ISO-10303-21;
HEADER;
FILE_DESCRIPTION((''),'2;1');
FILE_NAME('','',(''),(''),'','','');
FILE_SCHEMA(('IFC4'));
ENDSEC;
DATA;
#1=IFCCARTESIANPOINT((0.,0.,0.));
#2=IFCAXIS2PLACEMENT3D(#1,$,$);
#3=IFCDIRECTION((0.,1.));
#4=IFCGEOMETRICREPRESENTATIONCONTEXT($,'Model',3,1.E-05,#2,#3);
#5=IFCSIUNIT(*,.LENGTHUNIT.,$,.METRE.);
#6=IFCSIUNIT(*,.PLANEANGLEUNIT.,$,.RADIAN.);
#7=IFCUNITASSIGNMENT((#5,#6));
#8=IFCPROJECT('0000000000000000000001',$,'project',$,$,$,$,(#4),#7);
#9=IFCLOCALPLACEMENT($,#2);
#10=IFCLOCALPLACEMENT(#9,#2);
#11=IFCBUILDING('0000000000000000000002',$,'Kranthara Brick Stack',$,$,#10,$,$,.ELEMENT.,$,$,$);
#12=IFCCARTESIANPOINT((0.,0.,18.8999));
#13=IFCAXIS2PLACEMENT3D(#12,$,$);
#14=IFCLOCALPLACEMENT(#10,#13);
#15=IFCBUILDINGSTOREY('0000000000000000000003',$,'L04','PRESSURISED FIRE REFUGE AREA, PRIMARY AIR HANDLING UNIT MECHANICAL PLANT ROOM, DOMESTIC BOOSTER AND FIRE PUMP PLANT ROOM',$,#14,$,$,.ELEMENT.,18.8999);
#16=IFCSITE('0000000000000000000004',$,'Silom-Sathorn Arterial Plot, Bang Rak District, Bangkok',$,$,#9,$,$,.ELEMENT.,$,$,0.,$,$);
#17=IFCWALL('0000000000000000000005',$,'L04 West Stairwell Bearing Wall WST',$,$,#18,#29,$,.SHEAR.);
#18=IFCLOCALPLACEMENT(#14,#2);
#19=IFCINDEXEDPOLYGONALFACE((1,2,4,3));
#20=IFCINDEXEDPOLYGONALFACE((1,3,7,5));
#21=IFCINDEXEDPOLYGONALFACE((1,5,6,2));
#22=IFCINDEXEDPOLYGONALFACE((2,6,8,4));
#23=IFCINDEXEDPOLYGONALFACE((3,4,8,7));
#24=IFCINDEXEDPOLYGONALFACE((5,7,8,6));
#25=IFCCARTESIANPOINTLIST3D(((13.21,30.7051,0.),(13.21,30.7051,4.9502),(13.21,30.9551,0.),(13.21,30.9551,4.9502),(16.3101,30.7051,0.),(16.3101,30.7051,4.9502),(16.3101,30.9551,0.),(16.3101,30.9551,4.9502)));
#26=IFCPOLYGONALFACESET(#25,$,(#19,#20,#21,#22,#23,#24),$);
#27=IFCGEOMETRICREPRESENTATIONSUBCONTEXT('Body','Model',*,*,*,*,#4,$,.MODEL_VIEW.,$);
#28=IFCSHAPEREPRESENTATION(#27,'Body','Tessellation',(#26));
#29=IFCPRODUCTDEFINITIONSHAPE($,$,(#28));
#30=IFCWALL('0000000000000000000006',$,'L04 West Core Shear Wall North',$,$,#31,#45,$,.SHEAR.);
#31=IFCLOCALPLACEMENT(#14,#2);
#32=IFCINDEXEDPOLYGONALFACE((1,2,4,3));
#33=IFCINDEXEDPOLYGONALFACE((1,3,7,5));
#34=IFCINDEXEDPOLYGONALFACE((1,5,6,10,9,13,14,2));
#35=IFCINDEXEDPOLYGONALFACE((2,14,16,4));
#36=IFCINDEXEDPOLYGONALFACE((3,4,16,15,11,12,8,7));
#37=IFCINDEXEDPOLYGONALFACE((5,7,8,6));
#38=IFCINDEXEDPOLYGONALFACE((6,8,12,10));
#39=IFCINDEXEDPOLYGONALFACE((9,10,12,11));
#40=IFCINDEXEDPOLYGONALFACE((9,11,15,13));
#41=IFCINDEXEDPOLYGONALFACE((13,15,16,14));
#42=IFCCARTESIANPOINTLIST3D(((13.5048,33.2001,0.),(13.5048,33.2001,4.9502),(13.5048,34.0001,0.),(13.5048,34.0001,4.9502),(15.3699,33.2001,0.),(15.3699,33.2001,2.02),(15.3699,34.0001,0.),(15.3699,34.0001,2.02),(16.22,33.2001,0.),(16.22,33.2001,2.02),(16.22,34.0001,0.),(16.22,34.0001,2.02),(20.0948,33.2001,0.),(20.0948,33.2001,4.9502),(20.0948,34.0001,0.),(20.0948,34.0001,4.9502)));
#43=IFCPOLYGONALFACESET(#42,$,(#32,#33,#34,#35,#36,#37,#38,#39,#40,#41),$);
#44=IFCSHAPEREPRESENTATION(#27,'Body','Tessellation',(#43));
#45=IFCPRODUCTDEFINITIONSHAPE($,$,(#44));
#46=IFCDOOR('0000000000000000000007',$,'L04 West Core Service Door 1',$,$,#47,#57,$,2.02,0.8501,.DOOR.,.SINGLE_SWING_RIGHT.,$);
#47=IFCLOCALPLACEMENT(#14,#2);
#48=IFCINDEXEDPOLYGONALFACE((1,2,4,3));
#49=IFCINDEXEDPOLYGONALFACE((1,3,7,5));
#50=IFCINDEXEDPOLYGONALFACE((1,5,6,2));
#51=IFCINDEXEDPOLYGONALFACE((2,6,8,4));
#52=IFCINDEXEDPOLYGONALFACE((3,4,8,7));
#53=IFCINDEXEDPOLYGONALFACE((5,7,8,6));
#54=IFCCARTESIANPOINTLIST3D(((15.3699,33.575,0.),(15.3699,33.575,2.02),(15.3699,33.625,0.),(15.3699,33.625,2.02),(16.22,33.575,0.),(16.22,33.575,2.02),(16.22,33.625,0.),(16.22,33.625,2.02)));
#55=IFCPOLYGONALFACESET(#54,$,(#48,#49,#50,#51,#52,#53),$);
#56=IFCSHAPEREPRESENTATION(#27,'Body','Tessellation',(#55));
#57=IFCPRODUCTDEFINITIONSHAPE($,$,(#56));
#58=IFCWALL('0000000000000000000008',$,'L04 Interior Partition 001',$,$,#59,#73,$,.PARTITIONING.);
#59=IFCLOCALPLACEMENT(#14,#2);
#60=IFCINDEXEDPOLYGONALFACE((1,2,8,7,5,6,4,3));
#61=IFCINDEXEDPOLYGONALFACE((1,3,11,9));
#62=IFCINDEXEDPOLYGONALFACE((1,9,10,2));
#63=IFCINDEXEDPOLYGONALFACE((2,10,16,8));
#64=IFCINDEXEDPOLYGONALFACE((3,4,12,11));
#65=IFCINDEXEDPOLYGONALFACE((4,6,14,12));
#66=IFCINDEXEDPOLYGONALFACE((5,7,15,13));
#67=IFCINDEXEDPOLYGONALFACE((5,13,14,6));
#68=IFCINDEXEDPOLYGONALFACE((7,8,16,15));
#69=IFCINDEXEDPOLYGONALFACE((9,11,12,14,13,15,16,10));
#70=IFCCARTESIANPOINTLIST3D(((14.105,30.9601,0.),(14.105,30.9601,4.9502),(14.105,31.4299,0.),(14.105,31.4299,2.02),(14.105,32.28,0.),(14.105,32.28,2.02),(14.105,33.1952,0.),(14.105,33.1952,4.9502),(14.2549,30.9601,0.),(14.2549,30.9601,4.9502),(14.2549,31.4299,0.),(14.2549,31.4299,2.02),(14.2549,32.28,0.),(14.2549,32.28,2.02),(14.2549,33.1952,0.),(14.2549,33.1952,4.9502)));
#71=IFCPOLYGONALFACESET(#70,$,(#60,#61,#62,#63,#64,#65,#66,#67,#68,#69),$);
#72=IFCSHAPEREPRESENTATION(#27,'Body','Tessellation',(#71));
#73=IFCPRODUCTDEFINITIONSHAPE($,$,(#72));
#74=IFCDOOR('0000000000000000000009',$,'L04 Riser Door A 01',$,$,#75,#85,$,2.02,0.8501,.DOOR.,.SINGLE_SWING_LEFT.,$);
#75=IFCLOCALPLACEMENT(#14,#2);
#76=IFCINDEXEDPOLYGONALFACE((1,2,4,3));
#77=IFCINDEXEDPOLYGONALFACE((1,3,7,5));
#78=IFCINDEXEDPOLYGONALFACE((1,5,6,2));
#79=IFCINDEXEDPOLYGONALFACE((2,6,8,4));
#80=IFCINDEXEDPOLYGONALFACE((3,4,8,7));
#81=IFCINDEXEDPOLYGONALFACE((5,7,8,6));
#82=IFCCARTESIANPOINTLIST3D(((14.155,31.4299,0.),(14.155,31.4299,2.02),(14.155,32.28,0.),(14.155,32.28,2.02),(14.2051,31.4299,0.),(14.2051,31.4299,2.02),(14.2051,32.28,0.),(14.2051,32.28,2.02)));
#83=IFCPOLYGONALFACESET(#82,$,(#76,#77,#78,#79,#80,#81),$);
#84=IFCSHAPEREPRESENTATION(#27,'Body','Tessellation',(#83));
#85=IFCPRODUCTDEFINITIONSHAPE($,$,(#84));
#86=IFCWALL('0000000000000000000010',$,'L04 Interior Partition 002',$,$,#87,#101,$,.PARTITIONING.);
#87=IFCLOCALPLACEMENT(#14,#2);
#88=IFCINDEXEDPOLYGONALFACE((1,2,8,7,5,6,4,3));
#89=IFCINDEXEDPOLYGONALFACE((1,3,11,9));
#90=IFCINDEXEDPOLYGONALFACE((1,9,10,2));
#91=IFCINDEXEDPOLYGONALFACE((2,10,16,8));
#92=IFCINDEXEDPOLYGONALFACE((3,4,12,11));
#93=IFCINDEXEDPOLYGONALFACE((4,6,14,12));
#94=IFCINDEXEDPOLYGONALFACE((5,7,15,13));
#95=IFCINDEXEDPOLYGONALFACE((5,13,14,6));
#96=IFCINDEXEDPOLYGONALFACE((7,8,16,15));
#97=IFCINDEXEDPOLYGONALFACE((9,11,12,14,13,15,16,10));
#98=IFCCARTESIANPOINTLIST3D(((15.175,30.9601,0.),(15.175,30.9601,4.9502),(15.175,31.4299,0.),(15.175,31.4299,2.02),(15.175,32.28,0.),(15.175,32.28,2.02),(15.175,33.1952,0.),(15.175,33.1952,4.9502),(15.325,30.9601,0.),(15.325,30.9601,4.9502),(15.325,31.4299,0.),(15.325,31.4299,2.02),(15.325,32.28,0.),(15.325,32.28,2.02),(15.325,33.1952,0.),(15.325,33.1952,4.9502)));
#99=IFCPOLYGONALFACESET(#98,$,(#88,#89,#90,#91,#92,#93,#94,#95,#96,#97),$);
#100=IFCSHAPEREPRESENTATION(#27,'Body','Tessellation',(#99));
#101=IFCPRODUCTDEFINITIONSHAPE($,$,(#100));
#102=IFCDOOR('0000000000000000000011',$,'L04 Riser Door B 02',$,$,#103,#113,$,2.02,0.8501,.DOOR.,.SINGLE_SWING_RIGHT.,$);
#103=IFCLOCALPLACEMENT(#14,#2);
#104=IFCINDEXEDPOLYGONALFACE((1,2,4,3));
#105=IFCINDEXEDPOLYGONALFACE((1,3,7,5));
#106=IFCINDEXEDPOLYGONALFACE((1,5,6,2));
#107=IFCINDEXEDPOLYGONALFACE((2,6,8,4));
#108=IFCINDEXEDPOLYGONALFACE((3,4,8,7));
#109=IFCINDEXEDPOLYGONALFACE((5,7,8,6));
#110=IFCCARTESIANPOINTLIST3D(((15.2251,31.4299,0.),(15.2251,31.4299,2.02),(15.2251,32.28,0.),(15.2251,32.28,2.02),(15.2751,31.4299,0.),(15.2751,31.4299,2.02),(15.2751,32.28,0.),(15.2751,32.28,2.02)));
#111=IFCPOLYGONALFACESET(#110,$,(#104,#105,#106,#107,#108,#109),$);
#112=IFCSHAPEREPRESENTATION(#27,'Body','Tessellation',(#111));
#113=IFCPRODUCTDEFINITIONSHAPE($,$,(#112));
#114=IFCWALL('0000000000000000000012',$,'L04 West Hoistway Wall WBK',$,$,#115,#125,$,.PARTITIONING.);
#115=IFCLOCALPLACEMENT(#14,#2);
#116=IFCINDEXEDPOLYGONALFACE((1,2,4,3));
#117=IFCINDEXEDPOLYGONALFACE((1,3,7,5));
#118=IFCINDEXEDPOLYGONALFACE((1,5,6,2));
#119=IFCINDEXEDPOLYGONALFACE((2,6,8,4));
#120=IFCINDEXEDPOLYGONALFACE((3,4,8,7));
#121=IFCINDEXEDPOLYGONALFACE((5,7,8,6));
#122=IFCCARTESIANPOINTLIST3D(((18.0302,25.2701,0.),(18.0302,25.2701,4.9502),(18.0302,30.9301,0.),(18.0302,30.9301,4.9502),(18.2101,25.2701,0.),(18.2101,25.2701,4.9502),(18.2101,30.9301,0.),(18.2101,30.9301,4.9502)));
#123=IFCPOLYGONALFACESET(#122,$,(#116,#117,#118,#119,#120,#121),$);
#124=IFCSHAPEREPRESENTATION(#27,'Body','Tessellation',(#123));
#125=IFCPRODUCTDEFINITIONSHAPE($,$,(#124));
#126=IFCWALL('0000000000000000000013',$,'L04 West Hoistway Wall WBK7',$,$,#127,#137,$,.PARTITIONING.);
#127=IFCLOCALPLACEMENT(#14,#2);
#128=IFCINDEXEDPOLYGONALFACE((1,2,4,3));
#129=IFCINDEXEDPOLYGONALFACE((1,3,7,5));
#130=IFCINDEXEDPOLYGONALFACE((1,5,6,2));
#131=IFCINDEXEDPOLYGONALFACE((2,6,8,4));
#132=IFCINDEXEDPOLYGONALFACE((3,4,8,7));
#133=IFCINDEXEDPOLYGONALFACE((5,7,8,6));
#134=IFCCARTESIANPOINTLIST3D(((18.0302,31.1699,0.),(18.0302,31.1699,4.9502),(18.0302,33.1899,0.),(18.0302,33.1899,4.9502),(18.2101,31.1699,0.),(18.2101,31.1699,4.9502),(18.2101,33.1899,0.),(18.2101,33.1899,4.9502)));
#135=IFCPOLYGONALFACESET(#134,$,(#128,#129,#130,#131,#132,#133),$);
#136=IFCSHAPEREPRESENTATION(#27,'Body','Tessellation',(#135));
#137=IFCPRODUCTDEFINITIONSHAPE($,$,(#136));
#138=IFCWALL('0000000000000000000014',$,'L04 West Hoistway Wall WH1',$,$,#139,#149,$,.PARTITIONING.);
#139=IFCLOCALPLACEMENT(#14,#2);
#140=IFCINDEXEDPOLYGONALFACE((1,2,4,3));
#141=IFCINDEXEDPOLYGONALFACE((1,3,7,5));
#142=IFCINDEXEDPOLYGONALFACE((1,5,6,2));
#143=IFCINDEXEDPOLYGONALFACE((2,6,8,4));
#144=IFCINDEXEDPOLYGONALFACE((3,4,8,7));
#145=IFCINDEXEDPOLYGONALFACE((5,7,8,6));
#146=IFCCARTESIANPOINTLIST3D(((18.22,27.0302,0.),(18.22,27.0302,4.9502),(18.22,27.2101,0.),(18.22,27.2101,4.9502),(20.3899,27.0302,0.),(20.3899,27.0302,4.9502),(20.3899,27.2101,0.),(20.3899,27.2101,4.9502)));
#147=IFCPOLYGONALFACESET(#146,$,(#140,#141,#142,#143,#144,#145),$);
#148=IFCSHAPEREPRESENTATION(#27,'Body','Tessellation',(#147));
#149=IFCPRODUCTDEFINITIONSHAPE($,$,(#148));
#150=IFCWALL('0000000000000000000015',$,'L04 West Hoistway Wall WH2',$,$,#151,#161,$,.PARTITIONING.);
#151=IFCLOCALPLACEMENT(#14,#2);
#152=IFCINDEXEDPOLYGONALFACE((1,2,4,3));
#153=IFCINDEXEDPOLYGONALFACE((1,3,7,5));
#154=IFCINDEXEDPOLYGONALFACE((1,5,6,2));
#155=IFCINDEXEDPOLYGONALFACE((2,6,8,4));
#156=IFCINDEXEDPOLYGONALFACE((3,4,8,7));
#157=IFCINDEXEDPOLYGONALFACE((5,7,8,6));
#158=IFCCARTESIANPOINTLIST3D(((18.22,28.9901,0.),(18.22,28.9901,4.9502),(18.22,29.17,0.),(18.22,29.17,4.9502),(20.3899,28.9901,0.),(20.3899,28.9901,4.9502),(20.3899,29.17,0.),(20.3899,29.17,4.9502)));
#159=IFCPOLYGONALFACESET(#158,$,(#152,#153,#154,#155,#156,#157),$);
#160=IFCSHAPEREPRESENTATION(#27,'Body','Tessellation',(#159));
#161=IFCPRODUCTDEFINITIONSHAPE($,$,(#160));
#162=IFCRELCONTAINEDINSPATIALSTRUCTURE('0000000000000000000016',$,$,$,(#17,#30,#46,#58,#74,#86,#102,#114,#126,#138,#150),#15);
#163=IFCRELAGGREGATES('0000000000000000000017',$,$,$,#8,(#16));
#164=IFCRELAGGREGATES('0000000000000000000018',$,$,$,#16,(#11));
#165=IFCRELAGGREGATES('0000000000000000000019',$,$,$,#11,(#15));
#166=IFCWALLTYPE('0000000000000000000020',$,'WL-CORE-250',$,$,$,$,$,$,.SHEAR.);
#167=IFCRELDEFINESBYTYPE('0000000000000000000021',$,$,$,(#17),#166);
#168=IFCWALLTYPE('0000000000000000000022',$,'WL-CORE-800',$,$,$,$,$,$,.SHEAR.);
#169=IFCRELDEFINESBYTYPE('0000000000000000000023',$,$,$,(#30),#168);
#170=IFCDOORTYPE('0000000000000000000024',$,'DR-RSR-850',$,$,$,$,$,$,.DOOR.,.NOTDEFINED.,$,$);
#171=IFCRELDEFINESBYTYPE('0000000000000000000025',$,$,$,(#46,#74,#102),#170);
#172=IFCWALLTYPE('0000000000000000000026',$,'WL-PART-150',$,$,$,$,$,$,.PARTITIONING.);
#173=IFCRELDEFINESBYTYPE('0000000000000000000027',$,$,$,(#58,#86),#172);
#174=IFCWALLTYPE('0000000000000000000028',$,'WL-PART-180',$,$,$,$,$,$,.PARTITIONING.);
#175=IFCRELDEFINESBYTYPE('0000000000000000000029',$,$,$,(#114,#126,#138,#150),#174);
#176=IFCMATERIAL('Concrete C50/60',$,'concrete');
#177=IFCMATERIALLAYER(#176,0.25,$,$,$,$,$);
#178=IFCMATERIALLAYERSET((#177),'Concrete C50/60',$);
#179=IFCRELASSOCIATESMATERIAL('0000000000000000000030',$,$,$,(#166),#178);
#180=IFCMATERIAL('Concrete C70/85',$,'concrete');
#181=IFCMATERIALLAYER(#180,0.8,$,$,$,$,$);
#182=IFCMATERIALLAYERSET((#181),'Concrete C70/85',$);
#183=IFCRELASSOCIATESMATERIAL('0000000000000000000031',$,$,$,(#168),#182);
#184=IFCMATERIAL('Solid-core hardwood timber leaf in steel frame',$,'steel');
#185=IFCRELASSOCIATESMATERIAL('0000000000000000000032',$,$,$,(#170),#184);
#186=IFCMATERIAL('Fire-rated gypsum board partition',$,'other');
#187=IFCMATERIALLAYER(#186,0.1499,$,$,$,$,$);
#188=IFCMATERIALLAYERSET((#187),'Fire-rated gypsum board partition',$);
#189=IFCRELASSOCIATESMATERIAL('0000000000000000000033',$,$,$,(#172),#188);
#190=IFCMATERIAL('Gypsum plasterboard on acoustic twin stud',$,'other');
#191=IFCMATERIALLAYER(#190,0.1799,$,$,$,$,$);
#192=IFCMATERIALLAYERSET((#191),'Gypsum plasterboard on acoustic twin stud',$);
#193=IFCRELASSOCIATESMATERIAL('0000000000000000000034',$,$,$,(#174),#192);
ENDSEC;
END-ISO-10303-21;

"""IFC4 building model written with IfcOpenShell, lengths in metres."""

from ifc_helpers import new_model, si_unit, direction, frame, frame_2d, origin, place, context, subcontext, project, spatial, rectangle, extrude, material, layer, layer_set, type_object, element, fill, save


model = new_model("IFC4")

# Units and contexts
model_context = context("Model", 3, precision=1e-05, world=origin(), true_north=direction((0.0, 1.0)))
body_context = subcontext(model_context, "Body", "Model", "MODEL_VIEW")
ifc_project = project(units=[si_unit("LENGTHUNIT", "METRE"), si_unit("PLANEANGLEUNIT", "RADIAN")], contexts=[model_context])

# Site, building, storey
site_placement = place(None, origin())
site = spatial("IfcSite", under=ifc_project, at=site_placement, Name="Silom-Sathorn Arterial Plot, Bang Rak District, Bangkok", CompositionType="ELEMENT", RefElevation=0.0)
building_placement = place(site_placement, origin())
building = spatial("IfcBuilding", under=site, at=building_placement, Name="Kranthara Brick Stack", CompositionType="ELEMENT")
storey_placement = place(building_placement, frame((0.0, 0.0, 18.8999)))
storey = spatial("IfcBuildingStorey", under=building, at=storey_placement, Name="L04", Description="PRESSURISED FIRE REFUGE AREA, PRIMARY AIR HANDLING UNIT MECHANICAL PLANT ROOM, DOMESTIC BOOSTER AND FIRE PUMP PLANT ROOM", CompositionType="ELEMENT", Elevation=18.8999)

# Wall
ifc_material_1 = material(Name="Concrete C50/60", Category="concrete")
ifc_layer_1 = layer(ifc_material_1, 0.25)
ifc_layer_set_1 = layer_set([ifc_layer_1], Name="Concrete C50/60")
wall_type_1 = type_object("IfcWallType", Name="WL-CORE-250", PredefinedType="SHEAR", material=ifc_layer_set_1)
wall_1_placement = place(storey_placement, frame((13.21, 30.8301, 0.0), z_axis=(0.0, 0.0, 1.0), x_axis=(1.0, 0.0, 0.0)))
element("IfcWall", 1, at=wall_1_placement, inside=storey, type_object=wall_type_1, Name="L04 West Stairwell Bearing Wall WST", PredefinedType="SHEAR", context=body_context, shape_type="SweptSolid", body=[
    extrude(rectangle(XDim=3.1001, YDim=0.25, at=frame_2d((1.55, 0.0))), origin(), (0.0, 0.0, 1.0), 4.9502),
])

# Walls, openings, doors
ifc_material_2 = material(Name="Concrete C70/85", Category="concrete")
ifc_layer_2 = layer(ifc_material_2, 0.8)
ifc_layer_set_2 = layer_set([ifc_layer_2], Name="Concrete C70/85")
wall_type_2 = type_object("IfcWallType", Name="WL-CORE-800", PredefinedType="SHEAR", material=ifc_layer_set_2)
wall_2_placement = place(storey_placement, frame((13.5049, 33.6001, 0.0), z_axis=(0.0, 0.0, 1.0), x_axis=(1.0, 0.0, 0.0)))
wall_2 = element("IfcWall", 2, at=wall_2_placement, inside=storey, type_object=wall_type_2, Name="L04 West Core Shear Wall North", PredefinedType="SHEAR", context=body_context, shape_type="SweptSolid", body=[
    extrude(rectangle(XDim=6.5901, YDim=0.8, at=frame_2d((3.2949, 0.0))), origin(), (0.0, 0.0, 1.0), 4.9502),
])
opening_1_placement = place(wall_2_placement, frame((1.865, 0.0, 0.0)))
opening_1 = element("IfcOpeningElement", 3, at=opening_1_placement, cuts=wall_2, PredefinedType="OPENING", context=body_context, shape_type="SweptSolid", body=[
    extrude(rectangle(XDim=0.8501, YDim=2.02, at=frame_2d((0.425, 1.01))), frame((0.0, 0.4099, 0.0), z_axis=(0.0, -1.0, 0.0), x_axis=(1.0, 0.0, 0.0)), (0.0, 0.0, 1.0), 0.8201),
])
ifc_material_3 = material(Name="Solid-core hardwood timber leaf in steel frame", Category="steel")
door_type_1 = type_object("IfcDoorType", Name="DR-RSR-850", OperationType="NOTDEFINED", PredefinedType="DOOR", material=ifc_material_3)
door_1_placement = place(opening_1_placement, origin())
door_1 = element("IfcDoor", 4, at=door_1_placement, inside=storey, type_object=door_type_1, Name="L04 West Core Service Door 1", OperationType="SINGLE_SWING_RIGHT", OverallHeight=2.02, OverallWidth=0.8501, PredefinedType="DOOR", context=body_context, shape_type="SweptSolid", body=[
    extrude(rectangle(XDim=0.8501, YDim=2.02, at=frame_2d((0.425, 1.01))), frame((0.0, 0.0249, 0.0), z_axis=(0.0, -1.0, 0.0), x_axis=(1.0, 0.0, 0.0)), (0.0, 0.0, 1.0), 0.05),
])
fill(opening_1, door_1)
ifc_material_4 = material(Name="Fire-rated gypsum board partition", Category="other")
ifc_layer_3 = layer(ifc_material_4, 0.1499)
ifc_layer_set_3 = layer_set([ifc_layer_3], Name="Fire-rated gypsum board partition")
wall_type_3 = type_object("IfcWallType", Name="WL-PART-150", PredefinedType="PARTITIONING", material=ifc_layer_set_3)
wall_3_placement = place(storey_placement, frame((14.1799, 30.96, 0.0), z_axis=(0.0, 0.0, 1.0), x_axis=(0.0, 1.0, 0.0)))
wall_3 = element("IfcWall", 5, at=wall_3_placement, inside=storey, type_object=wall_type_3, Name="L04 Interior Partition 001", PredefinedType="PARTITIONING", context=body_context, shape_type="SweptSolid", body=[
    extrude(rectangle(XDim=2.2351, YDim=0.1499, at=frame_2d((1.1177, 0.0))), origin(), (0.0, 0.0, 1.0), 4.9502),
])
opening_2_placement = place(wall_3_placement, frame((0.47, 0.0, 0.0)))
opening_2 = element("IfcOpeningElement", 6, at=opening_2_placement, cuts=wall_3, PredefinedType="OPENING", context=body_context, shape_type="SweptSolid", body=[
    extrude(rectangle(XDim=0.8501, YDim=2.02, at=frame_2d((0.425, 1.01))), frame((0.0, 0.085, 0.0), z_axis=(0.0, -1.0, 0.0), x_axis=(1.0, 0.0, 0.0)), (0.0, 0.0, 1.0), 0.1699),
])
door_2_placement = place(opening_2_placement, origin())
door_2 = element("IfcDoor", 7, at=door_2_placement, inside=storey, type_object=door_type_1, Name="L04 Riser Door A 01", OperationType="SINGLE_SWING_LEFT", OverallHeight=2.02, OverallWidth=0.8501, PredefinedType="DOOR", context=body_context, shape_type="SweptSolid", body=[
    extrude(rectangle(XDim=0.8501, YDim=2.02, at=frame_2d((0.425, 1.01))), frame((0.0, 0.0249, 0.0), z_axis=(0.0, -1.0, 0.0), x_axis=(1.0, 0.0, 0.0)), (0.0, 0.0, 1.0), 0.05),
])
fill(opening_2, door_2)
wall_4_placement = place(storey_placement, frame((15.25, 30.96, 0.0), z_axis=(0.0, 0.0, 1.0), x_axis=(0.0, 1.0, 0.0)))
wall_4 = element("IfcWall", 8, at=wall_4_placement, inside=storey, type_object=wall_type_3, Name="L04 Interior Partition 002", PredefinedType="PARTITIONING", context=body_context, shape_type="SweptSolid", body=[
    extrude(rectangle(XDim=2.2351, YDim=0.1499, at=frame_2d((1.1177, 0.0))), origin(), (0.0, 0.0, 1.0), 4.9502),
])
opening_3_placement = place(wall_4_placement, frame((0.47, 0.0, 0.0)))
opening_3 = element("IfcOpeningElement", 9, at=opening_3_placement, cuts=wall_4, PredefinedType="OPENING", context=body_context, shape_type="SweptSolid", body=[
    extrude(rectangle(XDim=0.8501, YDim=2.02, at=frame_2d((0.425, 1.01))), frame((0.0, 0.085, 0.0), z_axis=(0.0, -1.0, 0.0), x_axis=(1.0, 0.0, 0.0)), (0.0, 0.0, 1.0), 0.1699),
])
door_3_placement = place(opening_3_placement, origin())
door_3 = element("IfcDoor", 10, at=door_3_placement, inside=storey, type_object=door_type_1, Name="L04 Riser Door B 02", OperationType="SINGLE_SWING_RIGHT", OverallHeight=2.02, OverallWidth=0.8501, PredefinedType="DOOR", context=body_context, shape_type="SweptSolid", body=[
    extrude(rectangle(XDim=0.8501, YDim=2.02, at=frame_2d((0.425, 1.01))), frame((0.0, 0.0249, 0.0), z_axis=(0.0, -1.0, 0.0), x_axis=(1.0, 0.0, 0.0)), (0.0, 0.0, 1.0), 0.05),
])
fill(opening_3, door_3)

# Walls
ifc_material_5 = material(Name="Gypsum plasterboard on acoustic twin stud", Category="other")
ifc_layer_4 = layer(ifc_material_5, 0.1799)
ifc_layer_set_4 = layer_set([ifc_layer_4], Name="Gypsum plasterboard on acoustic twin stud")
wall_type_4 = type_object("IfcWallType", Name="WL-PART-180", PredefinedType="PARTITIONING", material=ifc_layer_set_4)
wall_5_placement = place(storey_placement, frame((18.1201, 25.27, 0.0), z_axis=(0.0, 0.0, 1.0), x_axis=(0.0, 1.0, 0.0)))
element("IfcWall", 11, at=wall_5_placement, inside=storey, type_object=wall_type_4, Name="L04 West Hoistway Wall WBK", PredefinedType="PARTITIONING", context=body_context, shape_type="SweptSolid", body=[
    extrude(rectangle(XDim=5.6599, YDim=0.1799, at=frame_2d((2.8301, 0.0))), origin(), (0.0, 0.0, 1.0), 4.9502),
])
wall_6_placement = place(storey_placement, frame((18.1201, 31.1699, 0.0), z_axis=(0.0, 0.0, 1.0), x_axis=(0.0, 1.0, 0.0)))
element("IfcWall", 12, at=wall_6_placement, inside=storey, type_object=wall_type_4, Name="L04 West Hoistway Wall WBK7", PredefinedType="PARTITIONING", context=body_context, shape_type="SweptSolid", body=[
    extrude(rectangle(XDim=2.02, YDim=0.1799, at=frame_2d((1.01, 0.0))), origin(), (0.0, 0.0, 1.0), 4.9502),
])
for number, where, z_axis, x_axis, name in (
    (13, (18.22, 27.1201, 0.0), (0.0, 0.0, 1.0), (1.0, 0.0, 0.0), "L04 West Hoistway Wall WH1"),
    (14, (18.22, 29.0801, 0.0), (0.0, 0.0, 1.0), (1.0, 0.0, 0.0), "L04 West Hoistway Wall WH2"),
):
    element("IfcWall", number, at=place(storey_placement, frame(where, z_axis=z_axis, x_axis=x_axis)), inside=storey, type_object=wall_type_4, Name=name, PredefinedType="PARTITIONING", context=body_context, shape_type="SweptSolid", body=[
        extrude(rectangle(XDim=2.1699, YDim=0.1799, at=frame_2d((1.085, 0.0))), origin(), (0.0, 0.0, 1.0), 4.9502),
    ])

save(model, "model.ifc")
